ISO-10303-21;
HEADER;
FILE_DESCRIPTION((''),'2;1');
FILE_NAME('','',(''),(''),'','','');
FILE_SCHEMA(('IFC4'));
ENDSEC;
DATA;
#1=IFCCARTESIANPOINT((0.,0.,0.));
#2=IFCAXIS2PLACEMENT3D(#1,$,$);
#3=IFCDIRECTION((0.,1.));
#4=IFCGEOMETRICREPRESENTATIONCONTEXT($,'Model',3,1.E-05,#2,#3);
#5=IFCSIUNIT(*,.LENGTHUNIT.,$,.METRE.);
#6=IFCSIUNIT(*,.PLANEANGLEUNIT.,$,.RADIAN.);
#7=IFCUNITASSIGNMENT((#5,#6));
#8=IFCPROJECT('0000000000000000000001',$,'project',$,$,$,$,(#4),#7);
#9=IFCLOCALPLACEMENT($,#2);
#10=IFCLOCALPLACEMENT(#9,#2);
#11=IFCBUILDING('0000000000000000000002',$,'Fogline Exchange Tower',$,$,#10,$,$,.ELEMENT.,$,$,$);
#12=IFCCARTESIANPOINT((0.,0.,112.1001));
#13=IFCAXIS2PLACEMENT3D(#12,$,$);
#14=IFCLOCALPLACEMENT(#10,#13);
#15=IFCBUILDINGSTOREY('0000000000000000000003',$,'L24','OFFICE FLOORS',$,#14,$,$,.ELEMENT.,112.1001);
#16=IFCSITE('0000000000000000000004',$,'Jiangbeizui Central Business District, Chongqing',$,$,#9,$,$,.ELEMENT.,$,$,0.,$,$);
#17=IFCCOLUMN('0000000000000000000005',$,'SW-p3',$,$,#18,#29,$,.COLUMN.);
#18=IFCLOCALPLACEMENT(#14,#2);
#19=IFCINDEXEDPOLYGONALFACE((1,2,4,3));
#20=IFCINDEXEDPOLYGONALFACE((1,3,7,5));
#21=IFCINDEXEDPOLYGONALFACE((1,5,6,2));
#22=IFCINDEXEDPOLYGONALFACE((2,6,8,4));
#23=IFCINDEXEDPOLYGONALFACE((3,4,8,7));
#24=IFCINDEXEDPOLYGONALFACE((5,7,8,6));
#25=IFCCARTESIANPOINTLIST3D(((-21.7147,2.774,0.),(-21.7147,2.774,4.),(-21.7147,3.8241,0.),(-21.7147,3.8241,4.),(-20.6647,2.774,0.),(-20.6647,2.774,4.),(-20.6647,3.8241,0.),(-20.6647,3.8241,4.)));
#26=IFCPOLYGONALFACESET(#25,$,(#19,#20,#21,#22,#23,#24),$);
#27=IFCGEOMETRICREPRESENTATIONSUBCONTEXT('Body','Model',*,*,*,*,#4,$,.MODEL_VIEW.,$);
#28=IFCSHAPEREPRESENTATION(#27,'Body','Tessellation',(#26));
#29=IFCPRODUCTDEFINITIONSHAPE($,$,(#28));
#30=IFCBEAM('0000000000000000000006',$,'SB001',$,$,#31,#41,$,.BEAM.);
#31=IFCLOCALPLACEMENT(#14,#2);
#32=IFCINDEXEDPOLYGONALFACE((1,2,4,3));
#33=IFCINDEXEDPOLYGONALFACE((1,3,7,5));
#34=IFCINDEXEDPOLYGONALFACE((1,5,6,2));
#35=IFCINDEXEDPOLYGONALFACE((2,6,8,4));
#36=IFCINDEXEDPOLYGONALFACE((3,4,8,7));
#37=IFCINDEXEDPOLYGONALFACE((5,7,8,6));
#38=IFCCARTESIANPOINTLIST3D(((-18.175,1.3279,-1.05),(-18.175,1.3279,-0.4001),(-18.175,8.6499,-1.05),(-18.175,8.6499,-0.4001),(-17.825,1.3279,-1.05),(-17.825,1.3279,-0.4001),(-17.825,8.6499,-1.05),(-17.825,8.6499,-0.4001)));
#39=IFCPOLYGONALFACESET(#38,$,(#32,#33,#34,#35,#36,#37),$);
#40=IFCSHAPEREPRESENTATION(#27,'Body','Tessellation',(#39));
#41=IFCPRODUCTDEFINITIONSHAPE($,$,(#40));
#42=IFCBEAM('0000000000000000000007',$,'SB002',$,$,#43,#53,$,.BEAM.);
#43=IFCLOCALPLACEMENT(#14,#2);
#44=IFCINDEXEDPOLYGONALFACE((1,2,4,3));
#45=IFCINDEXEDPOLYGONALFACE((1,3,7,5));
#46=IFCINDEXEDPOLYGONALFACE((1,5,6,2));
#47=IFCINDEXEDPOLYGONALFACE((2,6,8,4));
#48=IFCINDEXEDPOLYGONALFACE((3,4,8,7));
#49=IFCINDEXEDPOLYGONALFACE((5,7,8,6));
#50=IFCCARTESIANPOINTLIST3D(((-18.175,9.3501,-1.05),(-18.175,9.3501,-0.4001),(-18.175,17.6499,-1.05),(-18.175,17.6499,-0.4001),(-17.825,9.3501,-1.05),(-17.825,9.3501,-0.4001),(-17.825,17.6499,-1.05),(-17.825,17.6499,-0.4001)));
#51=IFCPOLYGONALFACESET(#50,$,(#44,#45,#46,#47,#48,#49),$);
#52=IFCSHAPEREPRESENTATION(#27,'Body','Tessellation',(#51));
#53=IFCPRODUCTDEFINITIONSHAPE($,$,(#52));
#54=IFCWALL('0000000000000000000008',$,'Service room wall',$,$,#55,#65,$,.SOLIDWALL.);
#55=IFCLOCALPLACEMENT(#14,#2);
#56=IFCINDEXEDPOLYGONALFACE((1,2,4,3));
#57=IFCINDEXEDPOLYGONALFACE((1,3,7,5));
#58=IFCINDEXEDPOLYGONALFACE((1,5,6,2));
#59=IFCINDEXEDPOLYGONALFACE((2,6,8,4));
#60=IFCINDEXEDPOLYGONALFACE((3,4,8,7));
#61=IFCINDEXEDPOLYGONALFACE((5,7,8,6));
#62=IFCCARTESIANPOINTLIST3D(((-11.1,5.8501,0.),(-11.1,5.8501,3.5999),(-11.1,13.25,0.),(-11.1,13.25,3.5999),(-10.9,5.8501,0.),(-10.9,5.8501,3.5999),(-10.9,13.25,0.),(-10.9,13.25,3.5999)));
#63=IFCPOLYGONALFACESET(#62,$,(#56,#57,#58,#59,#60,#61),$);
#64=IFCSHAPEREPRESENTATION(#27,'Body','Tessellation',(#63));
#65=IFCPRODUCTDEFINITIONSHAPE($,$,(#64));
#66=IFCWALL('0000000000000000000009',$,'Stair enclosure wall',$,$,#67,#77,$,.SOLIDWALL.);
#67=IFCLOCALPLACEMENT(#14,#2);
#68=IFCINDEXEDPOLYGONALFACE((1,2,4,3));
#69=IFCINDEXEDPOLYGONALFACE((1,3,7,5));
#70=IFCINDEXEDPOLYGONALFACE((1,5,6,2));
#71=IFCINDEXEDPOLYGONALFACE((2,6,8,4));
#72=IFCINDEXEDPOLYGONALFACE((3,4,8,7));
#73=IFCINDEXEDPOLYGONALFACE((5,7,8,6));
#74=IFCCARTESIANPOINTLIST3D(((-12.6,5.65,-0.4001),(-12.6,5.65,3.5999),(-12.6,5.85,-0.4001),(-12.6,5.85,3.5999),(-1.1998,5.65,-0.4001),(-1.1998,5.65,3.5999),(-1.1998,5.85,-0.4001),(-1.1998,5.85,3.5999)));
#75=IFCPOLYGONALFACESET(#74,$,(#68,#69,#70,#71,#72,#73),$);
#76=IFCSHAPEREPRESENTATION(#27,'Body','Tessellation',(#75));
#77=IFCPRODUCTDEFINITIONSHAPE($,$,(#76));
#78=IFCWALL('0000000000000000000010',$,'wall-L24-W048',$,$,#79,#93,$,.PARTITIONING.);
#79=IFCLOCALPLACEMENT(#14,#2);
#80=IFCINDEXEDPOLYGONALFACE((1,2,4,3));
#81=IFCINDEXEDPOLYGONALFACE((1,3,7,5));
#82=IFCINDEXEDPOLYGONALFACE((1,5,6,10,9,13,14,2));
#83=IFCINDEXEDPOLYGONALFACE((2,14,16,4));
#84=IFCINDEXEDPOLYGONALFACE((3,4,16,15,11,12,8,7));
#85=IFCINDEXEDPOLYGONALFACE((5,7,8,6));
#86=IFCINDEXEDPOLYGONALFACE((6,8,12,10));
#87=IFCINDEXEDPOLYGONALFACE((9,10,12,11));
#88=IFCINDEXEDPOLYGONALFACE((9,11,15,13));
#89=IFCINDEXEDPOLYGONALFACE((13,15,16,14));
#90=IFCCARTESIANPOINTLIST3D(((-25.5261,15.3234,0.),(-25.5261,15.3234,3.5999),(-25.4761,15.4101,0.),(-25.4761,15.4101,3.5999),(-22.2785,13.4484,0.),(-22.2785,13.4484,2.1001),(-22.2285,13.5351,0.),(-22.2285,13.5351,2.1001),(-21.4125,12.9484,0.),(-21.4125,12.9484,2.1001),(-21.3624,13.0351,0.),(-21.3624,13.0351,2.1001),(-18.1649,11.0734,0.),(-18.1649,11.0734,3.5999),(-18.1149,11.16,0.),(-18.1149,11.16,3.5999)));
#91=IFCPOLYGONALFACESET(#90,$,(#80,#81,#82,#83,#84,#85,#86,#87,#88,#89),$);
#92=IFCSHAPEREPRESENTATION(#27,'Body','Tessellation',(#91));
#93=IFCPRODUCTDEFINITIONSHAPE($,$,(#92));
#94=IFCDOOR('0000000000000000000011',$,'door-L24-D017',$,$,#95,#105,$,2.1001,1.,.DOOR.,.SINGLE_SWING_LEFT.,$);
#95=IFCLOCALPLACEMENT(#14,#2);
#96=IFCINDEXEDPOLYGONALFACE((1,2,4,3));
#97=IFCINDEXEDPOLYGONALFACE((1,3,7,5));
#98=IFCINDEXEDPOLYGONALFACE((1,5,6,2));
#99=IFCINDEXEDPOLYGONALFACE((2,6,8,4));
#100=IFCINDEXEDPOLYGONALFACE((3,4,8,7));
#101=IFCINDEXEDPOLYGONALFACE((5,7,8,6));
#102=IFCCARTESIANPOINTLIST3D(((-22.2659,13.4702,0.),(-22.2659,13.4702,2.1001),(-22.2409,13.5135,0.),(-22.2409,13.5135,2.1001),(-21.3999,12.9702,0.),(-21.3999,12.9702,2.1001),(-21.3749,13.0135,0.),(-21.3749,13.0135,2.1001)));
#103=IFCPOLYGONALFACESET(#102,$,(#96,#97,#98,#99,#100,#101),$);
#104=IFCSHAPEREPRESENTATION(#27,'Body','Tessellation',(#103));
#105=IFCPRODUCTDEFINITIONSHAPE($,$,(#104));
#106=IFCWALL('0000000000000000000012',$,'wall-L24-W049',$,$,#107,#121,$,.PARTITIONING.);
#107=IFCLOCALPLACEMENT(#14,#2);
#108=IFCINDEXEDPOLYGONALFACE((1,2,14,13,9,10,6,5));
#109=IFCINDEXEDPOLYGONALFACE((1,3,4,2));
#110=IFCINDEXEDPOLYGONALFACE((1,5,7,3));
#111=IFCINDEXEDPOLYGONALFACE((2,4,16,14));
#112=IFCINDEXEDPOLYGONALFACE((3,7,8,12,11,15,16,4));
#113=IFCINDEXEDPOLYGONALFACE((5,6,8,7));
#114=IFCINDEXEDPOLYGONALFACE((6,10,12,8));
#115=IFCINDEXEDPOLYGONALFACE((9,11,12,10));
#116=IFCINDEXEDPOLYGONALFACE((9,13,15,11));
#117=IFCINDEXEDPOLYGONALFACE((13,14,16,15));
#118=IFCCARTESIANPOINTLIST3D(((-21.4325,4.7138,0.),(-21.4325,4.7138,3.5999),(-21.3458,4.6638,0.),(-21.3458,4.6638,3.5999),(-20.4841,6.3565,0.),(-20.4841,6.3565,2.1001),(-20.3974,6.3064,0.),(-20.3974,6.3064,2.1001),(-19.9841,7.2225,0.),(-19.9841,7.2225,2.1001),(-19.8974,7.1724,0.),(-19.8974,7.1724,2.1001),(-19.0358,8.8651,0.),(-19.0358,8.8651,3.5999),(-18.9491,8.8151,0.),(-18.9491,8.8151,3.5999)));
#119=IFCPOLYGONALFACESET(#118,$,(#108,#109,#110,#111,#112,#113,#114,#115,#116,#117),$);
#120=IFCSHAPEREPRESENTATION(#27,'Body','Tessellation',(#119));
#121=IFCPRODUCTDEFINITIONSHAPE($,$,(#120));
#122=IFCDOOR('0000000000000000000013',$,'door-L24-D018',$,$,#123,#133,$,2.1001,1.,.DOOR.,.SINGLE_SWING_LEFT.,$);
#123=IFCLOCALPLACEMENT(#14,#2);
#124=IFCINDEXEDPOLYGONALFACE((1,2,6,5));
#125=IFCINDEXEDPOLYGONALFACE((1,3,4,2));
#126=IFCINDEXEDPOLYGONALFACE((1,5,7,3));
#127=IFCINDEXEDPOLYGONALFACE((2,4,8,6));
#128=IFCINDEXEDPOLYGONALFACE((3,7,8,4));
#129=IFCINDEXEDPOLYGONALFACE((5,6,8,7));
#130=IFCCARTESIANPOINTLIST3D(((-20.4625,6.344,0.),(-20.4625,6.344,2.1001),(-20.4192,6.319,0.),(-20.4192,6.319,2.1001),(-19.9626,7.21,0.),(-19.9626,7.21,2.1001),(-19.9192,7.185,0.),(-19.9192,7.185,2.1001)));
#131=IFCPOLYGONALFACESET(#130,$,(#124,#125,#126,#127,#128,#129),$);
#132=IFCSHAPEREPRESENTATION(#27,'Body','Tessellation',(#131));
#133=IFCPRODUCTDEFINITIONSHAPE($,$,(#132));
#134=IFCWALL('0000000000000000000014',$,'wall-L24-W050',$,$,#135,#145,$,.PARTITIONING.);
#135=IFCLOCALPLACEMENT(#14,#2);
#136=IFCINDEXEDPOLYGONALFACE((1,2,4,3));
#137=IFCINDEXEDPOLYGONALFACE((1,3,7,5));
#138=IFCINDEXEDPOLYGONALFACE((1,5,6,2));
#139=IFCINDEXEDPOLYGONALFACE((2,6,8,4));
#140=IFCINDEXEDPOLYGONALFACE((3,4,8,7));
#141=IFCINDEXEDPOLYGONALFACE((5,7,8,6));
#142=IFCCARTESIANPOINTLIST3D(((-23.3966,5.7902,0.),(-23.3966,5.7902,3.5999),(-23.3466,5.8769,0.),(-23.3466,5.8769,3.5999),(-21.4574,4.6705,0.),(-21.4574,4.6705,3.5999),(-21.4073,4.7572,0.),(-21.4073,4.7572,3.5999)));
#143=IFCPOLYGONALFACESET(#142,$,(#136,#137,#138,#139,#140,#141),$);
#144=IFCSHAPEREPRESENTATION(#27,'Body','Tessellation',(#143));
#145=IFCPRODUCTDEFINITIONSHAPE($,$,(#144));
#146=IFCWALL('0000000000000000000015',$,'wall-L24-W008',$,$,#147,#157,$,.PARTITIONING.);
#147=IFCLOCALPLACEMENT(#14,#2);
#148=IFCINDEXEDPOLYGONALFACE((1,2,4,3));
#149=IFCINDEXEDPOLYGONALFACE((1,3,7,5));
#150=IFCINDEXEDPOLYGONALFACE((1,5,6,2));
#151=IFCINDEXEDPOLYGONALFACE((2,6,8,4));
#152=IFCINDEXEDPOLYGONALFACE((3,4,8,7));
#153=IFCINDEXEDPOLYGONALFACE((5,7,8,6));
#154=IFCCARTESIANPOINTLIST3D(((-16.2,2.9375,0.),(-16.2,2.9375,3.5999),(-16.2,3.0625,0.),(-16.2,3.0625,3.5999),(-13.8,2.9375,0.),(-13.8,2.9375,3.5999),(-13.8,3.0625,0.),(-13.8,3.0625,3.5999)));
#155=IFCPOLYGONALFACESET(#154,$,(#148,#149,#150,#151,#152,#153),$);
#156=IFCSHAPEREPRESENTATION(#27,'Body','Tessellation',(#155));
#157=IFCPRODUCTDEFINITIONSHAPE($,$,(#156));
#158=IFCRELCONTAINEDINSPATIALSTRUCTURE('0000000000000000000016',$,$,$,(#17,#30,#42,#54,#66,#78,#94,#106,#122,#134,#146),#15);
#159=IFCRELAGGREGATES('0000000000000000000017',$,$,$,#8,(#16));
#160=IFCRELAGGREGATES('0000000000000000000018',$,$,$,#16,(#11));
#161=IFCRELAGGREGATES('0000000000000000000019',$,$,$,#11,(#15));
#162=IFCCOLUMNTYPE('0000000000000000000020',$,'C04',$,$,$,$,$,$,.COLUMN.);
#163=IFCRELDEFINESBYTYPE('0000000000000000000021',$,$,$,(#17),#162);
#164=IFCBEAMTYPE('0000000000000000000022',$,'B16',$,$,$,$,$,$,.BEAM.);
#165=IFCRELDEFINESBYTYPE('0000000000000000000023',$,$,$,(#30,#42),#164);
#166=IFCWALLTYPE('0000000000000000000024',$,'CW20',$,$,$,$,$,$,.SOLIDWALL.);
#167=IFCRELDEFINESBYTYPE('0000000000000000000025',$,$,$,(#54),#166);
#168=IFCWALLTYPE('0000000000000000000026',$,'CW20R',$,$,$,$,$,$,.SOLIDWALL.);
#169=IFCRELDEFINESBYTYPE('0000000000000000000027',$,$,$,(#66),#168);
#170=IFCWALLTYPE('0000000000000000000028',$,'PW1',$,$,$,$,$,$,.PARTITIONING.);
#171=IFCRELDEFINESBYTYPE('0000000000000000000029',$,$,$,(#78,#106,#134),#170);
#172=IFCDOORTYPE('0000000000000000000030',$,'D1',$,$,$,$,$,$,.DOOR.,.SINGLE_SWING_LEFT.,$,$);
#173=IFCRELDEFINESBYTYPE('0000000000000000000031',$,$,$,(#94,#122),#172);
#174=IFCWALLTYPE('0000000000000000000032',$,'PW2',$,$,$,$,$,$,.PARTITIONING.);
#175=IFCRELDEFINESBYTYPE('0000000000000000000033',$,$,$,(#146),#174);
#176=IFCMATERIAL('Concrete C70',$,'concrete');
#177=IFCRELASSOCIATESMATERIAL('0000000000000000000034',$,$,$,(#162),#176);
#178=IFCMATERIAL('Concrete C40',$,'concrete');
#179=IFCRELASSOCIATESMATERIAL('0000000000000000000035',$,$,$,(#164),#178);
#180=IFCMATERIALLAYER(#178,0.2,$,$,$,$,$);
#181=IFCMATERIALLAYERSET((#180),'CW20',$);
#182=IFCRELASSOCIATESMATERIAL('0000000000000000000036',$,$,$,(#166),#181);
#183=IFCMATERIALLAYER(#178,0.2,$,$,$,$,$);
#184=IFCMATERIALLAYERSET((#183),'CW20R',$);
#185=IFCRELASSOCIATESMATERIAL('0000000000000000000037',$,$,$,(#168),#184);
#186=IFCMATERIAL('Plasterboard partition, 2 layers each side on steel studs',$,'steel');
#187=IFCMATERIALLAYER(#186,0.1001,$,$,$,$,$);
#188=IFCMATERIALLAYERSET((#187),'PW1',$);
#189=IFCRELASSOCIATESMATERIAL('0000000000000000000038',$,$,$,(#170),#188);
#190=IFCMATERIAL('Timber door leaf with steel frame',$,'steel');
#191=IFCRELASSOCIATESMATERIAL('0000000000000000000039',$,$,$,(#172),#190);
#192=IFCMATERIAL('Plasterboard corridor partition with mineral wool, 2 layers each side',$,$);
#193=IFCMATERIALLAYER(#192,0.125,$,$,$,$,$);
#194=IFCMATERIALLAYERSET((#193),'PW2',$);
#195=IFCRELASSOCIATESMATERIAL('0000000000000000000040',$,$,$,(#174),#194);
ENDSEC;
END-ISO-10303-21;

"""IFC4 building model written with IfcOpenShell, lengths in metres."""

from ifc_helpers import new_model, si_unit, direction, frame, frame_2d, origin, origin_2d, place, context, subcontext, project, spatial, rectangle, extrude, material, layer, layer_set, material_profile, profile_set, type_object, element, fill, save


model = new_model("IFC4")

# Units and contexts
model_context = context("Model", 3, precision=1e-05, world=origin(), true_north=direction((0.0, 1.0)))
body_context = subcontext(model_context, "Body", "Model", "MODEL_VIEW")
ifc_project = project(units=[si_unit("LENGTHUNIT", "METRE"), si_unit("PLANEANGLEUNIT", "RADIAN")], contexts=[model_context])

# Site, building, storey
site_placement = place(None, origin())
site = spatial("IfcSite", under=ifc_project, at=site_placement, Name="Jiangbeizui Central Business District, Chongqing", CompositionType="ELEMENT", RefElevation=0.0)
building_placement = place(site_placement, origin())
building = spatial("IfcBuilding", under=site, at=building_placement, Name="Fogline Exchange Tower", CompositionType="ELEMENT")
storey_placement = place(building_placement, frame((0.0, 0.0, 112.1001)))
storey = spatial("IfcBuildingStorey", under=building, at=storey_placement, Name="L24", Description="OFFICE FLOORS", CompositionType="ELEMENT", Elevation=112.1001)

# Column
ifc_material_1 = material(Name="Concrete C70", Category="concrete")
ifc_material_profile_1 = material_profile(ifc_material_1, rectangle(XDim=1.05, YDim=1.05, at=origin_2d()), Name="RC 1050x1050")
ifc_profile_set_1 = profile_set([ifc_material_profile_1], Name="Concrete C70")
column_type = type_object("IfcColumnType", Name="C04", PredefinedType="COLUMN", material=ifc_profile_set_1)
column_placement = place(storey_placement, frame((-21.1897, 3.2991, 0.0), z_axis=(0.0, 0.0, 1.0), x_axis=(1.0, 0.0, 0.0)))
element("IfcColumn", 1, at=column_placement, inside=storey, type_object=column_type, Name="SW-p3", PredefinedType="COLUMN", context=body_context, shape_type="SweptSolid", body=[
    extrude(rectangle(XDim=1.05, YDim=1.05, at=origin_2d()), origin(), (0.0, 0.0, 1.0), 4.0),
])

# Beams
ifc_material_2 = material(Name="Concrete C40", Category="concrete")
ifc_material_profile_2 = material_profile(ifc_material_2, rectangle(XDim=0.3501, YDim=0.6499, at=origin_2d()), Name="RC 350x650")
ifc_profile_set_2 = profile_set([ifc_material_profile_2], Name="Concrete C40")
beam_type = type_object("IfcBeamType", Name="B16", PredefinedType="BEAM", material=ifc_profile_set_2)
beam_1_placement = place(storey_placement, frame((-18.0, 1.3279, -0.7251), z_axis=(0.0, 1.0, 0.0), x_axis=(-1.0, 0.0, 0.0)))
element("IfcBeam", 2, at=beam_1_placement, inside=storey, type_object=beam_type, Name="SB001", PredefinedType="BEAM", context=body_context, shape_type="SweptSolid", body=[
    extrude(rectangle(XDim=0.3501, YDim=0.6499, at=origin_2d()), origin(), (0.0, 0.0, 1.0), 7.322),
])
beam_2_placement = place(storey_placement, frame((-18.0, 9.3501, -0.7251), z_axis=(0.0, 1.0, 0.0), x_axis=(-1.0, 0.0, 0.0)))
element("IfcBeam", 3, at=beam_2_placement, inside=storey, type_object=beam_type, Name="SB002", PredefinedType="BEAM", context=body_context, shape_type="SweptSolid", body=[
    extrude(rectangle(XDim=0.3501, YDim=0.6499, at=origin_2d()), origin(), (0.0, 0.0, 1.0), 8.2998),
])

# Walls
ifc_layer_1 = layer(ifc_material_2, 0.2)
ifc_layer_set_1 = layer_set([ifc_layer_1], Name="CW20")
wall_type_1 = type_object("IfcWallType", Name="CW20", PredefinedType="SOLIDWALL", material=ifc_layer_set_1)
wall_1_placement = place(storey_placement, frame((-11.0, 5.8501, 0.0), z_axis=(0.0, 0.0, 1.0), x_axis=(0.0, 1.0, 0.0)))
element("IfcWall", 4, at=wall_1_placement, inside=storey, type_object=wall_type_1, Name="Service room wall", PredefinedType="SOLIDWALL", context=body_context, shape_type="SweptSolid", body=[
    extrude(rectangle(XDim=7.3999, YDim=0.2, at=frame_2d((3.7, 0.0))), origin(), (0.0, 0.0, 1.0), 3.5999),
])
ifc_layer_2 = layer(ifc_material_2, 0.2)
ifc_layer_set_2 = layer_set([ifc_layer_2], Name="CW20R")
wall_type_2 = type_object("IfcWallType", Name="CW20R", PredefinedType="SOLIDWALL", material=ifc_layer_set_2)
wall_2_placement = place(storey_placement, frame((-12.6001, 5.75, -0.4001), z_axis=(0.0, 0.0, 1.0), x_axis=(1.0, 0.0, 0.0)))
element("IfcWall", 5, at=wall_2_placement, inside=storey, type_object=wall_type_2, Name="Stair enclosure wall", PredefinedType="SOLIDWALL", context=body_context, shape_type="SweptSolid", body=[
    extrude(rectangle(XDim=11.4001, YDim=0.2, at=frame_2d((5.7002, 0.0))), origin(), (0.0, 0.0, 1.0), 4.0),
])

# Walls, openings, doors
ifc_material_3 = material(Name="Plasterboard partition, 2 layers each side on steel studs", Category="steel")
ifc_layer_3 = layer(ifc_material_3, 0.1001)
ifc_layer_set_3 = layer_set([ifc_layer_3], Name="PW1")
wall_type_3 = type_object("IfcWallType", Name="PW1", PredefinedType="PARTITIONING", material=ifc_layer_set_3)
wall_3_placement = place(storey_placement, frame((-18.1399, 11.1167, 0.0), z_axis=(0.0, 0.0, 1.0), x_axis=(-0.866022, 0.500007, 0.0)))
wall_3 = element("IfcWall", 6, at=wall_3_placement, inside=storey, type_object=wall_type_3, Name="wall-L24-W048", PredefinedType="PARTITIONING", context=body_context, shape_type="SweptSolid", body=[
    extrude(rectangle(XDim=8.5, YDim=0.1001, at=frame_2d((4.25, 0.0))), origin(), (0.0, 0.0, 1.0), 3.5999),
])
opening_1_placement = place(wall_3_placement, frame((3.75, 0.0, 0.0)))
opening_1 = element("IfcOpeningElement", 7, at=opening_1_placement, cuts=wall_3, PredefinedType="OPENING", context=body_context, shape_type="SweptSolid", body=[
    extrude(rectangle(XDim=1.0, YDim=2.1001, at=frame_2d((0.5, 1.05))), frame((0.0, 0.0601, 0.0), z_axis=(0.0, -1.0, 0.0), x_axis=(1.0, 0.0, 0.0)), (0.0, 0.0, 1.0), 0.1201),
])
ifc_material_4 = material(Name="Timber door leaf with steel frame", Category="steel")
door_type_1 = type_object("IfcDoorType", Name="D1", OperationType="SINGLE_SWING_LEFT", PredefinedType="DOOR", material=ifc_material_4)
door_1_placement = place(opening_1_placement, origin())
door_1 = element("IfcDoor", 8, at=door_1_placement, inside=storey, type_object=door_type_1, Name="door-L24-D017", OperationType="SINGLE_SWING_LEFT", OverallHeight=2.1001, OverallWidth=1.0, PredefinedType="DOOR", context=body_context, shape_type="SweptSolid", body=[
    extrude(rectangle(XDim=1.0, YDim=2.1001, at=frame_2d((0.5, 1.05))), frame((0.0, 0.0249, 0.0), z_axis=(0.0, -1.0, 0.0), x_axis=(1.0, 0.0, 0.0)), (0.0, 0.0, 1.0), 0.05),
])
fill(opening_1, door_1)
wall_4_placement = place(storey_placement, frame((-18.9924, 8.8401, 0.0), z_axis=(0.0, 0.0, 1.0), x_axis=(-0.49999, -0.866031, 0.0)))
wall_4 = element("IfcWall", 9, at=wall_4_placement, inside=storey, type_object=wall_type_3, Name="wall-L24-W049", PredefinedType="PARTITIONING", context=body_context, shape_type="SweptSolid", body=[
    extrude(rectangle(XDim=4.7935, YDim=0.1001, at=frame_2d((2.3967, 0.0))), origin(), (0.0, 0.0, 1.0), 3.5999),
])
opening_2_placement = place(wall_4_placement, frame((1.8967, 0.0, 0.0)))
opening_2 = element("IfcOpeningElement", 10, at=opening_2_placement, cuts=wall_4, PredefinedType="OPENING", context=body_context, shape_type="SweptSolid", body=[
    extrude(rectangle(XDim=1.0, YDim=2.1001, at=frame_2d((0.5, 1.05))), frame((0.0, 0.0601, 0.0), z_axis=(0.0, -1.0, 0.0), x_axis=(1.0, 0.0, 0.0)), (0.0, 0.0, 1.0), 0.1201),
])
door_2_placement = place(opening_2_placement, origin())
door_2 = element("IfcDoor", 11, at=door_2_placement, inside=storey, type_object=door_type_1, Name="door-L24-D018", OperationType="SINGLE_SWING_LEFT", OverallHeight=2.1001, OverallWidth=1.0, PredefinedType="DOOR", context=body_context, shape_type="SweptSolid", body=[
    extrude(rectangle(XDim=1.0, YDim=2.1001, at=frame_2d((0.5, 1.05))), frame((0.0, 0.0249, 0.0), z_axis=(0.0, -1.0, 0.0), x_axis=(1.0, 0.0, 0.0)), (0.0, 0.0, 1.0), 0.05),
])
fill(opening_2, door_2)

# Walls
wall_5_placement = place(storey_placement, frame((-21.4324, 4.7139, 0.0), z_axis=(0.0, 0.0, 1.0), x_axis=(-0.86602, 0.500009, 0.0)))
element("IfcWall", 12, at=wall_5_placement, inside=storey, type_object=wall_type_3, Name="wall-L24-W050", PredefinedType="PARTITIONING", context=body_context, shape_type="SweptSolid", body=[
    extrude(rectangle(XDim=2.2393, YDim=0.1001, at=frame_2d((1.1196, 0.0))), origin(), (0.0, 0.0, 1.0), 3.5999),
])
ifc_material_5 = material(Name="Plasterboard corridor partition with mineral wool, 2 layers each side")
ifc_layer_4 = layer(ifc_material_5, 0.125)
ifc_layer_set_4 = layer_set([ifc_layer_4], Name="PW2")
wall_type_4 = type_object("IfcWallType", Name="PW2", PredefinedType="PARTITIONING", material=ifc_layer_set_4)
wall_6_placement = place(storey_placement, frame((-13.8, 3.0, 0.0), z_axis=(0.0, 0.0, 1.0), x_axis=(-1.0, 0.0, 0.0)))
element("IfcWall", 13, at=wall_6_placement, inside=storey, type_object=wall_type_4, Name="wall-L24-W008", PredefinedType="PARTITIONING", context=body_context, shape_type="SweptSolid", body=[
    extrude(rectangle(XDim=2.3999, YDim=0.125, at=frame_2d((1.2, 0.0))), origin(), (0.0, 0.0, 1.0), 3.5999),
])

save(model, "model.ifc")
